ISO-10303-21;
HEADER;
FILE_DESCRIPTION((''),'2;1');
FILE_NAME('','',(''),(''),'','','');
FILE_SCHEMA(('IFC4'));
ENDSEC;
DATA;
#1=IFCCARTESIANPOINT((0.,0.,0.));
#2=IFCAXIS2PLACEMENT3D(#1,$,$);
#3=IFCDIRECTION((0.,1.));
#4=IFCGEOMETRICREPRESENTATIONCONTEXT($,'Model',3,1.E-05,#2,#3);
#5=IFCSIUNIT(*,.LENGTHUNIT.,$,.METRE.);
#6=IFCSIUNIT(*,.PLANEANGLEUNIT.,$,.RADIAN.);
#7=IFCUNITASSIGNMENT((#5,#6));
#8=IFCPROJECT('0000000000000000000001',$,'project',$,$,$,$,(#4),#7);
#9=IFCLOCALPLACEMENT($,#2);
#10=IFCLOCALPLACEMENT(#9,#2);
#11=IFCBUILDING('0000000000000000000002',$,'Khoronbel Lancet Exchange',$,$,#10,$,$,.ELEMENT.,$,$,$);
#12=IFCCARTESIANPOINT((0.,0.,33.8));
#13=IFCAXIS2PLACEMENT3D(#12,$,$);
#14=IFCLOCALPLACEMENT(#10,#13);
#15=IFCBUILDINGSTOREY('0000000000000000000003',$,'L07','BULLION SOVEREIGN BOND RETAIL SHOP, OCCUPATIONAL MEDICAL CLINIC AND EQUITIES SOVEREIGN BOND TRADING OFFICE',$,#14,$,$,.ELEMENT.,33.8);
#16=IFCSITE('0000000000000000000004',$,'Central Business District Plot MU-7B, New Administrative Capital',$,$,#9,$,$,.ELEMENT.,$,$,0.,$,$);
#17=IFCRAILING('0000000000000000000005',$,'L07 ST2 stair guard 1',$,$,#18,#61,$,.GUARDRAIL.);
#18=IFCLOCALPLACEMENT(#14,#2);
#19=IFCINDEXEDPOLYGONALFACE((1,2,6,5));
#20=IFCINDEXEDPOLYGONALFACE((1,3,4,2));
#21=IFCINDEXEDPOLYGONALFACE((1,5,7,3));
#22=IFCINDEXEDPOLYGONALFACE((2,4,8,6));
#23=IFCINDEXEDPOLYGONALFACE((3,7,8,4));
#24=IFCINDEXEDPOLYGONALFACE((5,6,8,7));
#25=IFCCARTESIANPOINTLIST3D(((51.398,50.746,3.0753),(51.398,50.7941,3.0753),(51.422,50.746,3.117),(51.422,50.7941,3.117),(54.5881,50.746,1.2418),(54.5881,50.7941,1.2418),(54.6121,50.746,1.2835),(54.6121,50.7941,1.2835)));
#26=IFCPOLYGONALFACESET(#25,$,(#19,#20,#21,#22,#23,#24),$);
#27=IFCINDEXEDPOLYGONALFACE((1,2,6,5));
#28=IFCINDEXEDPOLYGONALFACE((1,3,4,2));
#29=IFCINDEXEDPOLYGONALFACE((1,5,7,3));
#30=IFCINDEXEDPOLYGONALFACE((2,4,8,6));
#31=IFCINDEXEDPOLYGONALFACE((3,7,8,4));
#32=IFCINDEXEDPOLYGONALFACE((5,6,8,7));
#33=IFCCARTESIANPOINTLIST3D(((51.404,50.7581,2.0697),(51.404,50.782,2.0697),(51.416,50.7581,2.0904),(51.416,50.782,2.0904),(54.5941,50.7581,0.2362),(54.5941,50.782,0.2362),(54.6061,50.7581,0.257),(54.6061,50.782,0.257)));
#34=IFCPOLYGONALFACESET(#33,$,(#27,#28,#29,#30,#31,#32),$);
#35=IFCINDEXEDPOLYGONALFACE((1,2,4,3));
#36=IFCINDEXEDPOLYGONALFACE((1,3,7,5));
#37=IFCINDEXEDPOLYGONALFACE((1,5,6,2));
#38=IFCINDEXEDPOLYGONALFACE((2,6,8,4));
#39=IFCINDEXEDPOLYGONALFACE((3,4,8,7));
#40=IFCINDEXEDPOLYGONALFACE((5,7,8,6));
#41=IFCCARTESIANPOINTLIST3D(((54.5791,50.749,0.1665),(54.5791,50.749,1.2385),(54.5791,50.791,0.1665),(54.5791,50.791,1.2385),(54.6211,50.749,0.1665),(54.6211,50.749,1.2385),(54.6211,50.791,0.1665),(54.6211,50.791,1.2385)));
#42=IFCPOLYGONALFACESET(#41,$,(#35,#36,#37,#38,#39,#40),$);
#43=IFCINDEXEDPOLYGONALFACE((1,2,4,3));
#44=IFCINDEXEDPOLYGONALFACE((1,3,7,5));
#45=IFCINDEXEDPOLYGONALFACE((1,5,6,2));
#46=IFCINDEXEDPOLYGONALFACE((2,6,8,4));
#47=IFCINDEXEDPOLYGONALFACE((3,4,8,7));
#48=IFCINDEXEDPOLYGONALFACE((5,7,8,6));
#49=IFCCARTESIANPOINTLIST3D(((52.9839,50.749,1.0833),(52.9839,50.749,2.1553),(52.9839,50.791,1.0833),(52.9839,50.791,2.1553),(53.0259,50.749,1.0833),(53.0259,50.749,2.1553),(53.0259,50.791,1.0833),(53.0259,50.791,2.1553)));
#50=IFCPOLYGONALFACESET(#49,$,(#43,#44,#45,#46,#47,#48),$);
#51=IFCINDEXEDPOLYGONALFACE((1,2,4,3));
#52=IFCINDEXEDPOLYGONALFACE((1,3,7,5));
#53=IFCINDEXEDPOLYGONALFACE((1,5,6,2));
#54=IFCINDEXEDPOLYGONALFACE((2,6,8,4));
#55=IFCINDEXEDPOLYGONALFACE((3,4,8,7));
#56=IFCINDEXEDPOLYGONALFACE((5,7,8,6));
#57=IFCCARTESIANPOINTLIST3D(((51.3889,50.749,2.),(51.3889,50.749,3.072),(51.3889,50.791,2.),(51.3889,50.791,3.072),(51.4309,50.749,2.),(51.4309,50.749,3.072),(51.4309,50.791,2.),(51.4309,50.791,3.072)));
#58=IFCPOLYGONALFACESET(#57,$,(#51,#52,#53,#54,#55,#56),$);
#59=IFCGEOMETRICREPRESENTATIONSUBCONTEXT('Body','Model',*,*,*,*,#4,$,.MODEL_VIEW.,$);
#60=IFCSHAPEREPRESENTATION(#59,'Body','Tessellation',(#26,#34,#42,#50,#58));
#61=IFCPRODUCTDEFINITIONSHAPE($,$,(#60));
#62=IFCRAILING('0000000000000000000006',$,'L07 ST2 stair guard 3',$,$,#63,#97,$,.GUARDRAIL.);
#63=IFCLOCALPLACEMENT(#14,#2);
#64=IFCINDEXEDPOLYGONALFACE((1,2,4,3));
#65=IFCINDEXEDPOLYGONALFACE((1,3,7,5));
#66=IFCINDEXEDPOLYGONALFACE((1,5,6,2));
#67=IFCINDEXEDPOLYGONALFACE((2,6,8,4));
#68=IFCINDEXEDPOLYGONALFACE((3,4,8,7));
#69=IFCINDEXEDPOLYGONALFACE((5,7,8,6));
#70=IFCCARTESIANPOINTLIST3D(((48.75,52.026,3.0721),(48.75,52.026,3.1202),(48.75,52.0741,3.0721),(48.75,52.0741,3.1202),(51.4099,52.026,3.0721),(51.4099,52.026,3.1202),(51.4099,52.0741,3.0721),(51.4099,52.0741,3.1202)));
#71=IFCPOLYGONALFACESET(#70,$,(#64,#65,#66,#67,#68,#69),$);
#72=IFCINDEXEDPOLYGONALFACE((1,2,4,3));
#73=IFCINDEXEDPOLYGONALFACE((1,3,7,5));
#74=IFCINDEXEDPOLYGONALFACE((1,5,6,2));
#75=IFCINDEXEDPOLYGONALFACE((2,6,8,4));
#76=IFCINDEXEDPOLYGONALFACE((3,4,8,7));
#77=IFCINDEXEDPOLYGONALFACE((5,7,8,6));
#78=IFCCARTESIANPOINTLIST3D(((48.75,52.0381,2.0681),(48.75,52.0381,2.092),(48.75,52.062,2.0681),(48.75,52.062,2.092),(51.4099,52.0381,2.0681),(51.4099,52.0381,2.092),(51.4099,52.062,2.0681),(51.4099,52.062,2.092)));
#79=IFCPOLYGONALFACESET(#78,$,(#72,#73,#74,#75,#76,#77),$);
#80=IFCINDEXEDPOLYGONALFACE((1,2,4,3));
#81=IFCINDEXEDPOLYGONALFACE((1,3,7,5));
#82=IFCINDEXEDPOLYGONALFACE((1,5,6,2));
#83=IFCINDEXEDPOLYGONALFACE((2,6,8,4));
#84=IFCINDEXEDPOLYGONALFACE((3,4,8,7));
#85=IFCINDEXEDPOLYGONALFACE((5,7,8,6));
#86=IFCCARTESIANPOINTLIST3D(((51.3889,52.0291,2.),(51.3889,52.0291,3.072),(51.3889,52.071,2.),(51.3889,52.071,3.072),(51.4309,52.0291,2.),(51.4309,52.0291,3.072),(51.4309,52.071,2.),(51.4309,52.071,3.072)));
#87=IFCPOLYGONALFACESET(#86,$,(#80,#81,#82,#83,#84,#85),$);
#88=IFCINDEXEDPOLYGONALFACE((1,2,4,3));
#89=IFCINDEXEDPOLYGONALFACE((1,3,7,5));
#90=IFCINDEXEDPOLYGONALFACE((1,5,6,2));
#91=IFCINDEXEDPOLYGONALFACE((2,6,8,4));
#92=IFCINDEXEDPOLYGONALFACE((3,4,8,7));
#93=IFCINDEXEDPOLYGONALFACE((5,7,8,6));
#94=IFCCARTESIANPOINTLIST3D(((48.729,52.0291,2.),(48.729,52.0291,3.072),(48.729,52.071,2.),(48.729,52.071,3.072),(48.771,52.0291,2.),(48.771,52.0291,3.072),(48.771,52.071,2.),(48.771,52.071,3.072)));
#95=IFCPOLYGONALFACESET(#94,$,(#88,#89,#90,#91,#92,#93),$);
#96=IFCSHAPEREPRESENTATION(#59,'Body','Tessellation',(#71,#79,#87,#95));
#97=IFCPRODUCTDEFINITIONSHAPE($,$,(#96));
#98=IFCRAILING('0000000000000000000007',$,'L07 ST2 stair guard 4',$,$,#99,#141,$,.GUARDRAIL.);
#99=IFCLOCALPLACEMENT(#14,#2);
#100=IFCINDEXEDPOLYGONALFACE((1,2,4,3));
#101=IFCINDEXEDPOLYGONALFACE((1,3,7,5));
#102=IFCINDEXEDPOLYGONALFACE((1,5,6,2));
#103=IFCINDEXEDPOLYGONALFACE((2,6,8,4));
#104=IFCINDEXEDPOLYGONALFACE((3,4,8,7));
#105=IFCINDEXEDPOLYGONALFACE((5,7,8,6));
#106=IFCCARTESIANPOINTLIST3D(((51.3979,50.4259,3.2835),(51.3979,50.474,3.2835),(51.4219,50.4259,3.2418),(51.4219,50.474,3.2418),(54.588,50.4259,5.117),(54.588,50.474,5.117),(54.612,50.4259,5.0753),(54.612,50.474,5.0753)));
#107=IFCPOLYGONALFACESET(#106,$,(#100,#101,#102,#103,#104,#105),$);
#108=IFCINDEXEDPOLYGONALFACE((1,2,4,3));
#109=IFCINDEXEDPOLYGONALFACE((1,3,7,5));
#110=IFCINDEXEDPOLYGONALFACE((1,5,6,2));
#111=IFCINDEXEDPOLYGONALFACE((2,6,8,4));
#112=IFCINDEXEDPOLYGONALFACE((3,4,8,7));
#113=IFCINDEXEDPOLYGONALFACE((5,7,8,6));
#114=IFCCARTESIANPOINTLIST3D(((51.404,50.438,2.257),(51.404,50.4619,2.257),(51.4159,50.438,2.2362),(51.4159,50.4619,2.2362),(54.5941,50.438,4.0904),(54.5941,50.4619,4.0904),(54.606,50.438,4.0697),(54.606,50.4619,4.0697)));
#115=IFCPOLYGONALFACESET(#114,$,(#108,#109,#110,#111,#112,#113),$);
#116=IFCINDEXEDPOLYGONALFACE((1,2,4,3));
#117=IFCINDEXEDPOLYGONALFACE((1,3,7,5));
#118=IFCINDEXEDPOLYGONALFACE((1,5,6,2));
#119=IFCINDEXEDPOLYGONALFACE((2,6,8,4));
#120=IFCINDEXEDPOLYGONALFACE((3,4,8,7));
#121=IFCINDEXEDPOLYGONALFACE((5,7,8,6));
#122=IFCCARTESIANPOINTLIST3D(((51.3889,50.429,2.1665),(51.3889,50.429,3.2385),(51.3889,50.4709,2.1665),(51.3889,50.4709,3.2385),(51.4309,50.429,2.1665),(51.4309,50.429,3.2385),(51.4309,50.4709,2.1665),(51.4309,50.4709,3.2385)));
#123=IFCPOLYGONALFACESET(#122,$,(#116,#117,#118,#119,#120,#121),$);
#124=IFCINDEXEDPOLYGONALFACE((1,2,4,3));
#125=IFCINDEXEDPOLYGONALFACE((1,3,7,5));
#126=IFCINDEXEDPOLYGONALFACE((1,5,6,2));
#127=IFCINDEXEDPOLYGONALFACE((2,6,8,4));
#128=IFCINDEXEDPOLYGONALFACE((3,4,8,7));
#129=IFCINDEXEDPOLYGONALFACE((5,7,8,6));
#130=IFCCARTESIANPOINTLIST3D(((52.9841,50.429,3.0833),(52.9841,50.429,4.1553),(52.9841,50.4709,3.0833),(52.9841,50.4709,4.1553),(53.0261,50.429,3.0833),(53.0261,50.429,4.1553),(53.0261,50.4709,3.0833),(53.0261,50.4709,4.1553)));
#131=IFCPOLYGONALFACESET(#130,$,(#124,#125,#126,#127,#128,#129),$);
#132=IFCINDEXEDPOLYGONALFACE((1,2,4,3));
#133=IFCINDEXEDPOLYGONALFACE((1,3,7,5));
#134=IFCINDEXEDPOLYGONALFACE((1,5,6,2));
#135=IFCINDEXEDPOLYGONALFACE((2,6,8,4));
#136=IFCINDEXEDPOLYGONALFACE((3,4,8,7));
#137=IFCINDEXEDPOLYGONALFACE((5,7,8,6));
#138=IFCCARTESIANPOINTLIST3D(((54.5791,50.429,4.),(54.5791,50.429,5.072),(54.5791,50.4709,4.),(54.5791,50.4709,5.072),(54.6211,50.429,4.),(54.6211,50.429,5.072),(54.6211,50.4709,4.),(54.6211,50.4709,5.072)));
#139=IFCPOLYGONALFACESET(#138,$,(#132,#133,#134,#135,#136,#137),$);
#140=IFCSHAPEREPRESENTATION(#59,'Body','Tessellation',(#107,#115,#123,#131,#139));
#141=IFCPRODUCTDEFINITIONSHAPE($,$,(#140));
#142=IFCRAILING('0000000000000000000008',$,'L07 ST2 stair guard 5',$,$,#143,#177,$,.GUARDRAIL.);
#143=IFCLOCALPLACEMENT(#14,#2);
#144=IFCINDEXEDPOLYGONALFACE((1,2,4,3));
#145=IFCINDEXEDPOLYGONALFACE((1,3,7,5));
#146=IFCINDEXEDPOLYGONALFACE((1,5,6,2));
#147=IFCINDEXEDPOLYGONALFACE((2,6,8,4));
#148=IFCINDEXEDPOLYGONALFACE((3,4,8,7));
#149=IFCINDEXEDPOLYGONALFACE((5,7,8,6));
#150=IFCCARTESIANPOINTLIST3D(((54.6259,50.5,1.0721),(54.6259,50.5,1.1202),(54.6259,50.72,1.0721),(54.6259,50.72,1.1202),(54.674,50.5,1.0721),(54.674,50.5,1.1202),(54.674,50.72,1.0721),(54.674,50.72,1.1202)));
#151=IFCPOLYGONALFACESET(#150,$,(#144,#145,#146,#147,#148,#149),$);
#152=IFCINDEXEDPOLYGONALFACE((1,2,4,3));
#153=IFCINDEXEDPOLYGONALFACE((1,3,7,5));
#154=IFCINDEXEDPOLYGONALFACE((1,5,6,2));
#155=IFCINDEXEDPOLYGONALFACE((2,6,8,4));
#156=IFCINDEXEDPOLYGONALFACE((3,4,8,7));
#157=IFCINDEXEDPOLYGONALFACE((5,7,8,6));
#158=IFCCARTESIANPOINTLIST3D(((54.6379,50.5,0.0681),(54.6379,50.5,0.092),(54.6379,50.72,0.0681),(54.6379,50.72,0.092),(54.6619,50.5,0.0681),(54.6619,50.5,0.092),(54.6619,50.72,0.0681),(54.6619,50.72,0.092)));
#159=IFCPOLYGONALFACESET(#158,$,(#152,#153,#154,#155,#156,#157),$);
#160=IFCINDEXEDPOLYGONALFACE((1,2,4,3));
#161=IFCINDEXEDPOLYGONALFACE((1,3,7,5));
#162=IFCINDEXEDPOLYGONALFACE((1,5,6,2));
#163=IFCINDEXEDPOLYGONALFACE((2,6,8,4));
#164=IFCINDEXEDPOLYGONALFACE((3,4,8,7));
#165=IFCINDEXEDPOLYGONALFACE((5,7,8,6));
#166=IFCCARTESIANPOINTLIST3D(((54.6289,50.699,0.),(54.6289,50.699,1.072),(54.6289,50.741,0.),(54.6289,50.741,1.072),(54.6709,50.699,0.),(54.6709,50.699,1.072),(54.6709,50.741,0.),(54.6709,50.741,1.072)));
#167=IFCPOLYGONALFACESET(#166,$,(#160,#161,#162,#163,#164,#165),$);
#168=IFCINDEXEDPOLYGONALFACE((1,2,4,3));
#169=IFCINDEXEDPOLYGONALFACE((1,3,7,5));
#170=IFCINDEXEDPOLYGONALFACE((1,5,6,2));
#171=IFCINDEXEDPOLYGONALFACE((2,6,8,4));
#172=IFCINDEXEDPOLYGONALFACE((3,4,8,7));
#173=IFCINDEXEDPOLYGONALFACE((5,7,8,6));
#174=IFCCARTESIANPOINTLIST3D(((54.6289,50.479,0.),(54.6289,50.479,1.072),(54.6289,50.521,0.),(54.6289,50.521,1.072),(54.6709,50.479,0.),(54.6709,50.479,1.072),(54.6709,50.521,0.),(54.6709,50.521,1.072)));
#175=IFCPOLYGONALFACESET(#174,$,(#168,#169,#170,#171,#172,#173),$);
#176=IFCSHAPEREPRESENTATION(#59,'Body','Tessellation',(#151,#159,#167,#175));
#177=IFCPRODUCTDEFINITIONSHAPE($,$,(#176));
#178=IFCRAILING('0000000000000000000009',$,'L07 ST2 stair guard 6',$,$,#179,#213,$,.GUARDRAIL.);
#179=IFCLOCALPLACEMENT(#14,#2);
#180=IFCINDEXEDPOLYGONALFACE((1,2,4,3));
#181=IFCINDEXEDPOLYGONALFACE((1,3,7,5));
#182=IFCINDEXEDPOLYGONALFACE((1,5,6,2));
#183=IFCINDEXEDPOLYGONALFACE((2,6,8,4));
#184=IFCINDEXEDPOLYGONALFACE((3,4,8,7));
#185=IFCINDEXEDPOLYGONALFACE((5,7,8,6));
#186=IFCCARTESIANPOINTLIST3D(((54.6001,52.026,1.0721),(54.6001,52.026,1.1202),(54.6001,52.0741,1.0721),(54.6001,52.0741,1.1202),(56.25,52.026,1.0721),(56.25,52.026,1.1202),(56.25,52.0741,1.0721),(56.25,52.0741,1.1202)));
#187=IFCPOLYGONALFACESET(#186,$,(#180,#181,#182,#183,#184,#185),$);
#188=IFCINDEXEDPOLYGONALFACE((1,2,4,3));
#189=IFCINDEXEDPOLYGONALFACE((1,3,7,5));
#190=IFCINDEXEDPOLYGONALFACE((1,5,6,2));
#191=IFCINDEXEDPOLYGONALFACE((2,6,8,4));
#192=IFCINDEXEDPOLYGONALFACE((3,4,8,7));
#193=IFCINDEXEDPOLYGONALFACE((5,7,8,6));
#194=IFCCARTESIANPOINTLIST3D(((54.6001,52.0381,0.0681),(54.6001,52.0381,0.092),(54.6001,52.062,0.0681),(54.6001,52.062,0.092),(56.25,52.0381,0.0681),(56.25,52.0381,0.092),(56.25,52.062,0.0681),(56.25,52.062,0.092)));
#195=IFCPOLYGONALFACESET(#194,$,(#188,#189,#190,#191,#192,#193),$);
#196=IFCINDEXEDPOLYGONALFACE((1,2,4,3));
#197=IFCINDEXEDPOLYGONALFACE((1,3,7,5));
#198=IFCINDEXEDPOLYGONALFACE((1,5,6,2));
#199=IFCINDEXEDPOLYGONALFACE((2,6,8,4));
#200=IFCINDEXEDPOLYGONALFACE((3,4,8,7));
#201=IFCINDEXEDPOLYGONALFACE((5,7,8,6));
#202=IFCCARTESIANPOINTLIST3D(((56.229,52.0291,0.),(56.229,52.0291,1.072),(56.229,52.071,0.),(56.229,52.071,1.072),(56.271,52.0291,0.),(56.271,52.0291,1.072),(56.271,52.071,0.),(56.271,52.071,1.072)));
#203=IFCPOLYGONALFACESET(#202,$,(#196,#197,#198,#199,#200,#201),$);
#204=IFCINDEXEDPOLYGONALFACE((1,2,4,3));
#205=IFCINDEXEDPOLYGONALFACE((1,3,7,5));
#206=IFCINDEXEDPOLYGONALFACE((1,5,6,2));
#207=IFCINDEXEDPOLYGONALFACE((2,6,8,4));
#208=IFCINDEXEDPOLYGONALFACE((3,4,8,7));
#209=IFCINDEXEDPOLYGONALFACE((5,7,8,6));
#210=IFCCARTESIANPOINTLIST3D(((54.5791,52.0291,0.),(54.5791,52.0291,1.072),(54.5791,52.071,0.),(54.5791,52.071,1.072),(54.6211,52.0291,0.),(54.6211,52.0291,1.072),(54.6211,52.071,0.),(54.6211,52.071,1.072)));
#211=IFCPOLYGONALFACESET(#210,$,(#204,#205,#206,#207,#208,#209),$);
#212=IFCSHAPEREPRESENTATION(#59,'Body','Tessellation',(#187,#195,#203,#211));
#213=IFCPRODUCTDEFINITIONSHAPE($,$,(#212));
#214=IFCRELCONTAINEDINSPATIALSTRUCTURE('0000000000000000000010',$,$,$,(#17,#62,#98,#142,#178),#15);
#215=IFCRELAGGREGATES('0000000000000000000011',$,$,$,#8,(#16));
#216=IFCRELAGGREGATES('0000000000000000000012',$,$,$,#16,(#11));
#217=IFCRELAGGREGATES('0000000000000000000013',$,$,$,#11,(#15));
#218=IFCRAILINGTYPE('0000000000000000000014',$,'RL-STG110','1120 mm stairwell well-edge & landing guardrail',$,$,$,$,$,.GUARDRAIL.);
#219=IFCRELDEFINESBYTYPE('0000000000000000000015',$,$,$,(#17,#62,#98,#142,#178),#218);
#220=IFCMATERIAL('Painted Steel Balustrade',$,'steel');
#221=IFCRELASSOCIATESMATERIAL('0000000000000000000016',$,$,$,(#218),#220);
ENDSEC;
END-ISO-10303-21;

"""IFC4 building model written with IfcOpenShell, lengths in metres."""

from ifc_helpers import new_model, si_unit, direction, frame, origin, origin_2d, place, context, subcontext, project, spatial, rectangle, extrude, material, type_object, element, save


model = new_model("IFC4")

# Units and contexts
model_context = context("Model", 3, precision=1e-05, world=origin(), true_north=direction((0.0, 1.0)))
body_context = subcontext(model_context, "Body", "Model", "MODEL_VIEW")
ifc_project = project(units=[si_unit("LENGTHUNIT", "METRE"), si_unit("PLANEANGLEUNIT", "RADIAN")], contexts=[model_context])

# Site, building, storey
site_placement = place(None, origin())
site = spatial("IfcSite", under=ifc_project, at=site_placement, Name="Central Business District Plot MU-7B, New Administrative Capital", CompositionType="ELEMENT", RefElevation=0.0)
building_placement = place(site_placement, origin())
building = spatial("IfcBuilding", under=site, at=building_placement, Name="Khoronbel Lancet Exchange", CompositionType="ELEMENT")
storey_placement = place(building_placement, frame((0.0, 0.0, 33.8)))
storey = spatial("IfcBuildingStorey", under=building, at=storey_placement, Name="L07", Description="BULLION SOVEREIGN BOND RETAIL SHOP, OCCUPATIONAL MEDICAL CLINIC AND EQUITIES SOVEREIGN BOND TRADING OFFICE", CompositionType="ELEMENT", Elevation=33.8)

# Railings
ifc_material_1 = material(Name="Painted Steel Balustrade", Category="steel")
railing_type_1 = type_object("IfcRailingType", Name="RL-STG110", Description="1120 mm stairwell well-edge & landing guardrail", PredefinedType="GUARDRAIL", material=ifc_material_1)
railing_1_placement = place(storey_placement, frame((54.6001, 50.77, 0.1665)))
element("IfcRailing", 1, at=railing_1_placement, inside=storey, type_object=railing_type_1, Name="L07 ST2 stair guard 1", PredefinedType="GUARDRAIL", context=body_context, shape_type="SweptSolid", body=[
    extrude(rectangle(XDim=0.0481, YDim=0.0481, at=origin_2d()), frame((0.0, 0.0, 1.0962), z_axis=(-0.867007, 0.0, 0.498295), x_axis=(0.0, -1.0, 0.0)), (0.0, 0.0, 1.0), 3.6794),
    extrude(rectangle(XDim=0.0239, YDim=0.0239, at=origin_2d()), frame((0.0, 0.0, 0.0801), z_axis=(-0.867007, 0.0, 0.498295), x_axis=(0.0, -1.0, 0.0)), (0.0, 0.0, 1.0), 3.6794),
    extrude(rectangle(XDim=0.042, YDim=0.042, at=origin_2d()), origin(), (0.0, 0.0, 1.0), 1.072),
    extrude(rectangle(XDim=0.042, YDim=0.042, at=origin_2d()), frame((-1.5952, 0.0, 0.9167)), (0.0, 0.0, 1.0), 1.072),
    extrude(rectangle(XDim=0.042, YDim=0.042, at=origin_2d()), frame((-3.1902, 0.0, 1.8335)), (0.0, 0.0, 1.0), 1.072),
])
railing_2_placement = place(storey_placement, frame((51.4099, 52.05, 2.0)))
element("IfcRailing", 2, at=railing_2_placement, inside=storey, type_object=railing_type_1, Name="L07 ST2 stair guard 3", PredefinedType="GUARDRAIL", context=body_context, shape_type="SweptSolid", body=[
    extrude(rectangle(XDim=0.0481, YDim=0.0481, at=origin_2d()), frame((0.0, 0.0, 1.0962), z_axis=(-1.0, 0.0, 0.0), x_axis=(0.0, -1.0, 0.0)), (0.0, 0.0, 1.0), 2.6599),
    extrude(rectangle(XDim=0.0239, YDim=0.0239, at=origin_2d()), frame((0.0, 0.0, 0.0801), z_axis=(-1.0, 0.0, 0.0), x_axis=(0.0, -1.0, 0.0)), (0.0, 0.0, 1.0), 2.6599),
    extrude(rectangle(XDim=0.042, YDim=0.042, at=origin_2d()), origin(), (0.0, 0.0, 1.0), 1.072),
    extrude(rectangle(XDim=0.042, YDim=0.042, at=origin_2d()), frame((-2.6599, 0.0, 0.0)), (0.0, 0.0, 1.0), 1.072),
])
railing_3_placement = place(storey_placement, frame((51.4099, 50.45, 2.1665)))
element("IfcRailing", 3, at=railing_3_placement, inside=storey, type_object=railing_type_1, Name="L07 ST2 stair guard 4", PredefinedType="GUARDRAIL", context=body_context, shape_type="SweptSolid", body=[
    extrude(rectangle(XDim=0.0481, YDim=0.0481, at=origin_2d()), frame((0.0, 0.0, 1.0962), z_axis=(0.867007, 0.0, 0.498295), x_axis=(0.0, 1.0, 0.0)), (0.0, 0.0, 1.0), 3.6794),
    extrude(rectangle(XDim=0.0239, YDim=0.0239, at=origin_2d()), frame((0.0, 0.0, 0.0801), z_axis=(0.867007, 0.0, 0.498295), x_axis=(0.0, 1.0, 0.0)), (0.0, 0.0, 1.0), 3.6794),
    extrude(rectangle(XDim=0.042, YDim=0.042, at=origin_2d()), origin(), (0.0, 0.0, 1.0), 1.072),
    extrude(rectangle(XDim=0.042, YDim=0.042, at=origin_2d()), frame((1.5952, 0.0, 0.9167)), (0.0, 0.0, 1.0), 1.072),
    extrude(rectangle(XDim=0.042, YDim=0.042, at=origin_2d()), frame((3.1902, 0.0, 1.8335)), (0.0, 0.0, 1.0), 1.072),
])
railing_4_placement = place(storey_placement, frame((54.6499, 50.72, 0.0)))
element("IfcRailing", 4, at=railing_4_placement, inside=storey, type_object=railing_type_1, Name="L07 ST2 stair guard 5", PredefinedType="GUARDRAIL", context=body_context, shape_type="SweptSolid", body=[
    extrude(rectangle(XDim=0.0481, YDim=0.0481, at=origin_2d()), frame((0.0, 0.0, 1.0962), z_axis=(0.0, -1.0, 0.0), x_axis=(1.0, 0.0, 0.0)), (0.0, 0.0, 1.0), 0.22),
    extrude(rectangle(XDim=0.0239, YDim=0.0239, at=origin_2d()), frame((0.0, 0.0, 0.0801), z_axis=(0.0, -1.0, 0.0), x_axis=(1.0, 0.0, 0.0)), (0.0, 0.0, 1.0), 0.22),
    extrude(rectangle(XDim=0.042, YDim=0.042, at=origin_2d()), origin(), (0.0, 0.0, 1.0), 1.072),
    extrude(rectangle(XDim=0.042, YDim=0.042, at=origin_2d()), frame((0.0, -0.22, 0.0)), (0.0, 0.0, 1.0), 1.072),
])
railing_5_placement = place(storey_placement, frame((56.25, 52.05, 0.0)))
element("IfcRailing", 5, at=railing_5_placement, inside=storey, type_object=railing_type_1, Name="L07 ST2 stair guard 6", PredefinedType="GUARDRAIL", context=body_context, shape_type="SweptSolid", body=[
    extrude(rectangle(XDim=0.0481, YDim=0.0481, at=origin_2d()), frame((0.0, 0.0, 1.0962), z_axis=(-1.0, 0.0, 0.0), x_axis=(0.0, -1.0, 0.0)), (0.0, 0.0, 1.0), 1.6499),
    extrude(rectangle(XDim=0.0239, YDim=0.0239, at=origin_2d()), frame((0.0, 0.0, 0.0801), z_axis=(-1.0, 0.0, 0.0), x_axis=(0.0, -1.0, 0.0)), (0.0, 0.0, 1.0), 1.6499),
    extrude(rectangle(XDim=0.042, YDim=0.042, at=origin_2d()), origin(), (0.0, 0.0, 1.0), 1.072),
    extrude(rectangle(XDim=0.042, YDim=0.042, at=origin_2d()), frame((-1.6499, 0.0, 0.0)), (0.0, 0.0, 1.0), 1.072),
])

save(model, "model.ifc")
